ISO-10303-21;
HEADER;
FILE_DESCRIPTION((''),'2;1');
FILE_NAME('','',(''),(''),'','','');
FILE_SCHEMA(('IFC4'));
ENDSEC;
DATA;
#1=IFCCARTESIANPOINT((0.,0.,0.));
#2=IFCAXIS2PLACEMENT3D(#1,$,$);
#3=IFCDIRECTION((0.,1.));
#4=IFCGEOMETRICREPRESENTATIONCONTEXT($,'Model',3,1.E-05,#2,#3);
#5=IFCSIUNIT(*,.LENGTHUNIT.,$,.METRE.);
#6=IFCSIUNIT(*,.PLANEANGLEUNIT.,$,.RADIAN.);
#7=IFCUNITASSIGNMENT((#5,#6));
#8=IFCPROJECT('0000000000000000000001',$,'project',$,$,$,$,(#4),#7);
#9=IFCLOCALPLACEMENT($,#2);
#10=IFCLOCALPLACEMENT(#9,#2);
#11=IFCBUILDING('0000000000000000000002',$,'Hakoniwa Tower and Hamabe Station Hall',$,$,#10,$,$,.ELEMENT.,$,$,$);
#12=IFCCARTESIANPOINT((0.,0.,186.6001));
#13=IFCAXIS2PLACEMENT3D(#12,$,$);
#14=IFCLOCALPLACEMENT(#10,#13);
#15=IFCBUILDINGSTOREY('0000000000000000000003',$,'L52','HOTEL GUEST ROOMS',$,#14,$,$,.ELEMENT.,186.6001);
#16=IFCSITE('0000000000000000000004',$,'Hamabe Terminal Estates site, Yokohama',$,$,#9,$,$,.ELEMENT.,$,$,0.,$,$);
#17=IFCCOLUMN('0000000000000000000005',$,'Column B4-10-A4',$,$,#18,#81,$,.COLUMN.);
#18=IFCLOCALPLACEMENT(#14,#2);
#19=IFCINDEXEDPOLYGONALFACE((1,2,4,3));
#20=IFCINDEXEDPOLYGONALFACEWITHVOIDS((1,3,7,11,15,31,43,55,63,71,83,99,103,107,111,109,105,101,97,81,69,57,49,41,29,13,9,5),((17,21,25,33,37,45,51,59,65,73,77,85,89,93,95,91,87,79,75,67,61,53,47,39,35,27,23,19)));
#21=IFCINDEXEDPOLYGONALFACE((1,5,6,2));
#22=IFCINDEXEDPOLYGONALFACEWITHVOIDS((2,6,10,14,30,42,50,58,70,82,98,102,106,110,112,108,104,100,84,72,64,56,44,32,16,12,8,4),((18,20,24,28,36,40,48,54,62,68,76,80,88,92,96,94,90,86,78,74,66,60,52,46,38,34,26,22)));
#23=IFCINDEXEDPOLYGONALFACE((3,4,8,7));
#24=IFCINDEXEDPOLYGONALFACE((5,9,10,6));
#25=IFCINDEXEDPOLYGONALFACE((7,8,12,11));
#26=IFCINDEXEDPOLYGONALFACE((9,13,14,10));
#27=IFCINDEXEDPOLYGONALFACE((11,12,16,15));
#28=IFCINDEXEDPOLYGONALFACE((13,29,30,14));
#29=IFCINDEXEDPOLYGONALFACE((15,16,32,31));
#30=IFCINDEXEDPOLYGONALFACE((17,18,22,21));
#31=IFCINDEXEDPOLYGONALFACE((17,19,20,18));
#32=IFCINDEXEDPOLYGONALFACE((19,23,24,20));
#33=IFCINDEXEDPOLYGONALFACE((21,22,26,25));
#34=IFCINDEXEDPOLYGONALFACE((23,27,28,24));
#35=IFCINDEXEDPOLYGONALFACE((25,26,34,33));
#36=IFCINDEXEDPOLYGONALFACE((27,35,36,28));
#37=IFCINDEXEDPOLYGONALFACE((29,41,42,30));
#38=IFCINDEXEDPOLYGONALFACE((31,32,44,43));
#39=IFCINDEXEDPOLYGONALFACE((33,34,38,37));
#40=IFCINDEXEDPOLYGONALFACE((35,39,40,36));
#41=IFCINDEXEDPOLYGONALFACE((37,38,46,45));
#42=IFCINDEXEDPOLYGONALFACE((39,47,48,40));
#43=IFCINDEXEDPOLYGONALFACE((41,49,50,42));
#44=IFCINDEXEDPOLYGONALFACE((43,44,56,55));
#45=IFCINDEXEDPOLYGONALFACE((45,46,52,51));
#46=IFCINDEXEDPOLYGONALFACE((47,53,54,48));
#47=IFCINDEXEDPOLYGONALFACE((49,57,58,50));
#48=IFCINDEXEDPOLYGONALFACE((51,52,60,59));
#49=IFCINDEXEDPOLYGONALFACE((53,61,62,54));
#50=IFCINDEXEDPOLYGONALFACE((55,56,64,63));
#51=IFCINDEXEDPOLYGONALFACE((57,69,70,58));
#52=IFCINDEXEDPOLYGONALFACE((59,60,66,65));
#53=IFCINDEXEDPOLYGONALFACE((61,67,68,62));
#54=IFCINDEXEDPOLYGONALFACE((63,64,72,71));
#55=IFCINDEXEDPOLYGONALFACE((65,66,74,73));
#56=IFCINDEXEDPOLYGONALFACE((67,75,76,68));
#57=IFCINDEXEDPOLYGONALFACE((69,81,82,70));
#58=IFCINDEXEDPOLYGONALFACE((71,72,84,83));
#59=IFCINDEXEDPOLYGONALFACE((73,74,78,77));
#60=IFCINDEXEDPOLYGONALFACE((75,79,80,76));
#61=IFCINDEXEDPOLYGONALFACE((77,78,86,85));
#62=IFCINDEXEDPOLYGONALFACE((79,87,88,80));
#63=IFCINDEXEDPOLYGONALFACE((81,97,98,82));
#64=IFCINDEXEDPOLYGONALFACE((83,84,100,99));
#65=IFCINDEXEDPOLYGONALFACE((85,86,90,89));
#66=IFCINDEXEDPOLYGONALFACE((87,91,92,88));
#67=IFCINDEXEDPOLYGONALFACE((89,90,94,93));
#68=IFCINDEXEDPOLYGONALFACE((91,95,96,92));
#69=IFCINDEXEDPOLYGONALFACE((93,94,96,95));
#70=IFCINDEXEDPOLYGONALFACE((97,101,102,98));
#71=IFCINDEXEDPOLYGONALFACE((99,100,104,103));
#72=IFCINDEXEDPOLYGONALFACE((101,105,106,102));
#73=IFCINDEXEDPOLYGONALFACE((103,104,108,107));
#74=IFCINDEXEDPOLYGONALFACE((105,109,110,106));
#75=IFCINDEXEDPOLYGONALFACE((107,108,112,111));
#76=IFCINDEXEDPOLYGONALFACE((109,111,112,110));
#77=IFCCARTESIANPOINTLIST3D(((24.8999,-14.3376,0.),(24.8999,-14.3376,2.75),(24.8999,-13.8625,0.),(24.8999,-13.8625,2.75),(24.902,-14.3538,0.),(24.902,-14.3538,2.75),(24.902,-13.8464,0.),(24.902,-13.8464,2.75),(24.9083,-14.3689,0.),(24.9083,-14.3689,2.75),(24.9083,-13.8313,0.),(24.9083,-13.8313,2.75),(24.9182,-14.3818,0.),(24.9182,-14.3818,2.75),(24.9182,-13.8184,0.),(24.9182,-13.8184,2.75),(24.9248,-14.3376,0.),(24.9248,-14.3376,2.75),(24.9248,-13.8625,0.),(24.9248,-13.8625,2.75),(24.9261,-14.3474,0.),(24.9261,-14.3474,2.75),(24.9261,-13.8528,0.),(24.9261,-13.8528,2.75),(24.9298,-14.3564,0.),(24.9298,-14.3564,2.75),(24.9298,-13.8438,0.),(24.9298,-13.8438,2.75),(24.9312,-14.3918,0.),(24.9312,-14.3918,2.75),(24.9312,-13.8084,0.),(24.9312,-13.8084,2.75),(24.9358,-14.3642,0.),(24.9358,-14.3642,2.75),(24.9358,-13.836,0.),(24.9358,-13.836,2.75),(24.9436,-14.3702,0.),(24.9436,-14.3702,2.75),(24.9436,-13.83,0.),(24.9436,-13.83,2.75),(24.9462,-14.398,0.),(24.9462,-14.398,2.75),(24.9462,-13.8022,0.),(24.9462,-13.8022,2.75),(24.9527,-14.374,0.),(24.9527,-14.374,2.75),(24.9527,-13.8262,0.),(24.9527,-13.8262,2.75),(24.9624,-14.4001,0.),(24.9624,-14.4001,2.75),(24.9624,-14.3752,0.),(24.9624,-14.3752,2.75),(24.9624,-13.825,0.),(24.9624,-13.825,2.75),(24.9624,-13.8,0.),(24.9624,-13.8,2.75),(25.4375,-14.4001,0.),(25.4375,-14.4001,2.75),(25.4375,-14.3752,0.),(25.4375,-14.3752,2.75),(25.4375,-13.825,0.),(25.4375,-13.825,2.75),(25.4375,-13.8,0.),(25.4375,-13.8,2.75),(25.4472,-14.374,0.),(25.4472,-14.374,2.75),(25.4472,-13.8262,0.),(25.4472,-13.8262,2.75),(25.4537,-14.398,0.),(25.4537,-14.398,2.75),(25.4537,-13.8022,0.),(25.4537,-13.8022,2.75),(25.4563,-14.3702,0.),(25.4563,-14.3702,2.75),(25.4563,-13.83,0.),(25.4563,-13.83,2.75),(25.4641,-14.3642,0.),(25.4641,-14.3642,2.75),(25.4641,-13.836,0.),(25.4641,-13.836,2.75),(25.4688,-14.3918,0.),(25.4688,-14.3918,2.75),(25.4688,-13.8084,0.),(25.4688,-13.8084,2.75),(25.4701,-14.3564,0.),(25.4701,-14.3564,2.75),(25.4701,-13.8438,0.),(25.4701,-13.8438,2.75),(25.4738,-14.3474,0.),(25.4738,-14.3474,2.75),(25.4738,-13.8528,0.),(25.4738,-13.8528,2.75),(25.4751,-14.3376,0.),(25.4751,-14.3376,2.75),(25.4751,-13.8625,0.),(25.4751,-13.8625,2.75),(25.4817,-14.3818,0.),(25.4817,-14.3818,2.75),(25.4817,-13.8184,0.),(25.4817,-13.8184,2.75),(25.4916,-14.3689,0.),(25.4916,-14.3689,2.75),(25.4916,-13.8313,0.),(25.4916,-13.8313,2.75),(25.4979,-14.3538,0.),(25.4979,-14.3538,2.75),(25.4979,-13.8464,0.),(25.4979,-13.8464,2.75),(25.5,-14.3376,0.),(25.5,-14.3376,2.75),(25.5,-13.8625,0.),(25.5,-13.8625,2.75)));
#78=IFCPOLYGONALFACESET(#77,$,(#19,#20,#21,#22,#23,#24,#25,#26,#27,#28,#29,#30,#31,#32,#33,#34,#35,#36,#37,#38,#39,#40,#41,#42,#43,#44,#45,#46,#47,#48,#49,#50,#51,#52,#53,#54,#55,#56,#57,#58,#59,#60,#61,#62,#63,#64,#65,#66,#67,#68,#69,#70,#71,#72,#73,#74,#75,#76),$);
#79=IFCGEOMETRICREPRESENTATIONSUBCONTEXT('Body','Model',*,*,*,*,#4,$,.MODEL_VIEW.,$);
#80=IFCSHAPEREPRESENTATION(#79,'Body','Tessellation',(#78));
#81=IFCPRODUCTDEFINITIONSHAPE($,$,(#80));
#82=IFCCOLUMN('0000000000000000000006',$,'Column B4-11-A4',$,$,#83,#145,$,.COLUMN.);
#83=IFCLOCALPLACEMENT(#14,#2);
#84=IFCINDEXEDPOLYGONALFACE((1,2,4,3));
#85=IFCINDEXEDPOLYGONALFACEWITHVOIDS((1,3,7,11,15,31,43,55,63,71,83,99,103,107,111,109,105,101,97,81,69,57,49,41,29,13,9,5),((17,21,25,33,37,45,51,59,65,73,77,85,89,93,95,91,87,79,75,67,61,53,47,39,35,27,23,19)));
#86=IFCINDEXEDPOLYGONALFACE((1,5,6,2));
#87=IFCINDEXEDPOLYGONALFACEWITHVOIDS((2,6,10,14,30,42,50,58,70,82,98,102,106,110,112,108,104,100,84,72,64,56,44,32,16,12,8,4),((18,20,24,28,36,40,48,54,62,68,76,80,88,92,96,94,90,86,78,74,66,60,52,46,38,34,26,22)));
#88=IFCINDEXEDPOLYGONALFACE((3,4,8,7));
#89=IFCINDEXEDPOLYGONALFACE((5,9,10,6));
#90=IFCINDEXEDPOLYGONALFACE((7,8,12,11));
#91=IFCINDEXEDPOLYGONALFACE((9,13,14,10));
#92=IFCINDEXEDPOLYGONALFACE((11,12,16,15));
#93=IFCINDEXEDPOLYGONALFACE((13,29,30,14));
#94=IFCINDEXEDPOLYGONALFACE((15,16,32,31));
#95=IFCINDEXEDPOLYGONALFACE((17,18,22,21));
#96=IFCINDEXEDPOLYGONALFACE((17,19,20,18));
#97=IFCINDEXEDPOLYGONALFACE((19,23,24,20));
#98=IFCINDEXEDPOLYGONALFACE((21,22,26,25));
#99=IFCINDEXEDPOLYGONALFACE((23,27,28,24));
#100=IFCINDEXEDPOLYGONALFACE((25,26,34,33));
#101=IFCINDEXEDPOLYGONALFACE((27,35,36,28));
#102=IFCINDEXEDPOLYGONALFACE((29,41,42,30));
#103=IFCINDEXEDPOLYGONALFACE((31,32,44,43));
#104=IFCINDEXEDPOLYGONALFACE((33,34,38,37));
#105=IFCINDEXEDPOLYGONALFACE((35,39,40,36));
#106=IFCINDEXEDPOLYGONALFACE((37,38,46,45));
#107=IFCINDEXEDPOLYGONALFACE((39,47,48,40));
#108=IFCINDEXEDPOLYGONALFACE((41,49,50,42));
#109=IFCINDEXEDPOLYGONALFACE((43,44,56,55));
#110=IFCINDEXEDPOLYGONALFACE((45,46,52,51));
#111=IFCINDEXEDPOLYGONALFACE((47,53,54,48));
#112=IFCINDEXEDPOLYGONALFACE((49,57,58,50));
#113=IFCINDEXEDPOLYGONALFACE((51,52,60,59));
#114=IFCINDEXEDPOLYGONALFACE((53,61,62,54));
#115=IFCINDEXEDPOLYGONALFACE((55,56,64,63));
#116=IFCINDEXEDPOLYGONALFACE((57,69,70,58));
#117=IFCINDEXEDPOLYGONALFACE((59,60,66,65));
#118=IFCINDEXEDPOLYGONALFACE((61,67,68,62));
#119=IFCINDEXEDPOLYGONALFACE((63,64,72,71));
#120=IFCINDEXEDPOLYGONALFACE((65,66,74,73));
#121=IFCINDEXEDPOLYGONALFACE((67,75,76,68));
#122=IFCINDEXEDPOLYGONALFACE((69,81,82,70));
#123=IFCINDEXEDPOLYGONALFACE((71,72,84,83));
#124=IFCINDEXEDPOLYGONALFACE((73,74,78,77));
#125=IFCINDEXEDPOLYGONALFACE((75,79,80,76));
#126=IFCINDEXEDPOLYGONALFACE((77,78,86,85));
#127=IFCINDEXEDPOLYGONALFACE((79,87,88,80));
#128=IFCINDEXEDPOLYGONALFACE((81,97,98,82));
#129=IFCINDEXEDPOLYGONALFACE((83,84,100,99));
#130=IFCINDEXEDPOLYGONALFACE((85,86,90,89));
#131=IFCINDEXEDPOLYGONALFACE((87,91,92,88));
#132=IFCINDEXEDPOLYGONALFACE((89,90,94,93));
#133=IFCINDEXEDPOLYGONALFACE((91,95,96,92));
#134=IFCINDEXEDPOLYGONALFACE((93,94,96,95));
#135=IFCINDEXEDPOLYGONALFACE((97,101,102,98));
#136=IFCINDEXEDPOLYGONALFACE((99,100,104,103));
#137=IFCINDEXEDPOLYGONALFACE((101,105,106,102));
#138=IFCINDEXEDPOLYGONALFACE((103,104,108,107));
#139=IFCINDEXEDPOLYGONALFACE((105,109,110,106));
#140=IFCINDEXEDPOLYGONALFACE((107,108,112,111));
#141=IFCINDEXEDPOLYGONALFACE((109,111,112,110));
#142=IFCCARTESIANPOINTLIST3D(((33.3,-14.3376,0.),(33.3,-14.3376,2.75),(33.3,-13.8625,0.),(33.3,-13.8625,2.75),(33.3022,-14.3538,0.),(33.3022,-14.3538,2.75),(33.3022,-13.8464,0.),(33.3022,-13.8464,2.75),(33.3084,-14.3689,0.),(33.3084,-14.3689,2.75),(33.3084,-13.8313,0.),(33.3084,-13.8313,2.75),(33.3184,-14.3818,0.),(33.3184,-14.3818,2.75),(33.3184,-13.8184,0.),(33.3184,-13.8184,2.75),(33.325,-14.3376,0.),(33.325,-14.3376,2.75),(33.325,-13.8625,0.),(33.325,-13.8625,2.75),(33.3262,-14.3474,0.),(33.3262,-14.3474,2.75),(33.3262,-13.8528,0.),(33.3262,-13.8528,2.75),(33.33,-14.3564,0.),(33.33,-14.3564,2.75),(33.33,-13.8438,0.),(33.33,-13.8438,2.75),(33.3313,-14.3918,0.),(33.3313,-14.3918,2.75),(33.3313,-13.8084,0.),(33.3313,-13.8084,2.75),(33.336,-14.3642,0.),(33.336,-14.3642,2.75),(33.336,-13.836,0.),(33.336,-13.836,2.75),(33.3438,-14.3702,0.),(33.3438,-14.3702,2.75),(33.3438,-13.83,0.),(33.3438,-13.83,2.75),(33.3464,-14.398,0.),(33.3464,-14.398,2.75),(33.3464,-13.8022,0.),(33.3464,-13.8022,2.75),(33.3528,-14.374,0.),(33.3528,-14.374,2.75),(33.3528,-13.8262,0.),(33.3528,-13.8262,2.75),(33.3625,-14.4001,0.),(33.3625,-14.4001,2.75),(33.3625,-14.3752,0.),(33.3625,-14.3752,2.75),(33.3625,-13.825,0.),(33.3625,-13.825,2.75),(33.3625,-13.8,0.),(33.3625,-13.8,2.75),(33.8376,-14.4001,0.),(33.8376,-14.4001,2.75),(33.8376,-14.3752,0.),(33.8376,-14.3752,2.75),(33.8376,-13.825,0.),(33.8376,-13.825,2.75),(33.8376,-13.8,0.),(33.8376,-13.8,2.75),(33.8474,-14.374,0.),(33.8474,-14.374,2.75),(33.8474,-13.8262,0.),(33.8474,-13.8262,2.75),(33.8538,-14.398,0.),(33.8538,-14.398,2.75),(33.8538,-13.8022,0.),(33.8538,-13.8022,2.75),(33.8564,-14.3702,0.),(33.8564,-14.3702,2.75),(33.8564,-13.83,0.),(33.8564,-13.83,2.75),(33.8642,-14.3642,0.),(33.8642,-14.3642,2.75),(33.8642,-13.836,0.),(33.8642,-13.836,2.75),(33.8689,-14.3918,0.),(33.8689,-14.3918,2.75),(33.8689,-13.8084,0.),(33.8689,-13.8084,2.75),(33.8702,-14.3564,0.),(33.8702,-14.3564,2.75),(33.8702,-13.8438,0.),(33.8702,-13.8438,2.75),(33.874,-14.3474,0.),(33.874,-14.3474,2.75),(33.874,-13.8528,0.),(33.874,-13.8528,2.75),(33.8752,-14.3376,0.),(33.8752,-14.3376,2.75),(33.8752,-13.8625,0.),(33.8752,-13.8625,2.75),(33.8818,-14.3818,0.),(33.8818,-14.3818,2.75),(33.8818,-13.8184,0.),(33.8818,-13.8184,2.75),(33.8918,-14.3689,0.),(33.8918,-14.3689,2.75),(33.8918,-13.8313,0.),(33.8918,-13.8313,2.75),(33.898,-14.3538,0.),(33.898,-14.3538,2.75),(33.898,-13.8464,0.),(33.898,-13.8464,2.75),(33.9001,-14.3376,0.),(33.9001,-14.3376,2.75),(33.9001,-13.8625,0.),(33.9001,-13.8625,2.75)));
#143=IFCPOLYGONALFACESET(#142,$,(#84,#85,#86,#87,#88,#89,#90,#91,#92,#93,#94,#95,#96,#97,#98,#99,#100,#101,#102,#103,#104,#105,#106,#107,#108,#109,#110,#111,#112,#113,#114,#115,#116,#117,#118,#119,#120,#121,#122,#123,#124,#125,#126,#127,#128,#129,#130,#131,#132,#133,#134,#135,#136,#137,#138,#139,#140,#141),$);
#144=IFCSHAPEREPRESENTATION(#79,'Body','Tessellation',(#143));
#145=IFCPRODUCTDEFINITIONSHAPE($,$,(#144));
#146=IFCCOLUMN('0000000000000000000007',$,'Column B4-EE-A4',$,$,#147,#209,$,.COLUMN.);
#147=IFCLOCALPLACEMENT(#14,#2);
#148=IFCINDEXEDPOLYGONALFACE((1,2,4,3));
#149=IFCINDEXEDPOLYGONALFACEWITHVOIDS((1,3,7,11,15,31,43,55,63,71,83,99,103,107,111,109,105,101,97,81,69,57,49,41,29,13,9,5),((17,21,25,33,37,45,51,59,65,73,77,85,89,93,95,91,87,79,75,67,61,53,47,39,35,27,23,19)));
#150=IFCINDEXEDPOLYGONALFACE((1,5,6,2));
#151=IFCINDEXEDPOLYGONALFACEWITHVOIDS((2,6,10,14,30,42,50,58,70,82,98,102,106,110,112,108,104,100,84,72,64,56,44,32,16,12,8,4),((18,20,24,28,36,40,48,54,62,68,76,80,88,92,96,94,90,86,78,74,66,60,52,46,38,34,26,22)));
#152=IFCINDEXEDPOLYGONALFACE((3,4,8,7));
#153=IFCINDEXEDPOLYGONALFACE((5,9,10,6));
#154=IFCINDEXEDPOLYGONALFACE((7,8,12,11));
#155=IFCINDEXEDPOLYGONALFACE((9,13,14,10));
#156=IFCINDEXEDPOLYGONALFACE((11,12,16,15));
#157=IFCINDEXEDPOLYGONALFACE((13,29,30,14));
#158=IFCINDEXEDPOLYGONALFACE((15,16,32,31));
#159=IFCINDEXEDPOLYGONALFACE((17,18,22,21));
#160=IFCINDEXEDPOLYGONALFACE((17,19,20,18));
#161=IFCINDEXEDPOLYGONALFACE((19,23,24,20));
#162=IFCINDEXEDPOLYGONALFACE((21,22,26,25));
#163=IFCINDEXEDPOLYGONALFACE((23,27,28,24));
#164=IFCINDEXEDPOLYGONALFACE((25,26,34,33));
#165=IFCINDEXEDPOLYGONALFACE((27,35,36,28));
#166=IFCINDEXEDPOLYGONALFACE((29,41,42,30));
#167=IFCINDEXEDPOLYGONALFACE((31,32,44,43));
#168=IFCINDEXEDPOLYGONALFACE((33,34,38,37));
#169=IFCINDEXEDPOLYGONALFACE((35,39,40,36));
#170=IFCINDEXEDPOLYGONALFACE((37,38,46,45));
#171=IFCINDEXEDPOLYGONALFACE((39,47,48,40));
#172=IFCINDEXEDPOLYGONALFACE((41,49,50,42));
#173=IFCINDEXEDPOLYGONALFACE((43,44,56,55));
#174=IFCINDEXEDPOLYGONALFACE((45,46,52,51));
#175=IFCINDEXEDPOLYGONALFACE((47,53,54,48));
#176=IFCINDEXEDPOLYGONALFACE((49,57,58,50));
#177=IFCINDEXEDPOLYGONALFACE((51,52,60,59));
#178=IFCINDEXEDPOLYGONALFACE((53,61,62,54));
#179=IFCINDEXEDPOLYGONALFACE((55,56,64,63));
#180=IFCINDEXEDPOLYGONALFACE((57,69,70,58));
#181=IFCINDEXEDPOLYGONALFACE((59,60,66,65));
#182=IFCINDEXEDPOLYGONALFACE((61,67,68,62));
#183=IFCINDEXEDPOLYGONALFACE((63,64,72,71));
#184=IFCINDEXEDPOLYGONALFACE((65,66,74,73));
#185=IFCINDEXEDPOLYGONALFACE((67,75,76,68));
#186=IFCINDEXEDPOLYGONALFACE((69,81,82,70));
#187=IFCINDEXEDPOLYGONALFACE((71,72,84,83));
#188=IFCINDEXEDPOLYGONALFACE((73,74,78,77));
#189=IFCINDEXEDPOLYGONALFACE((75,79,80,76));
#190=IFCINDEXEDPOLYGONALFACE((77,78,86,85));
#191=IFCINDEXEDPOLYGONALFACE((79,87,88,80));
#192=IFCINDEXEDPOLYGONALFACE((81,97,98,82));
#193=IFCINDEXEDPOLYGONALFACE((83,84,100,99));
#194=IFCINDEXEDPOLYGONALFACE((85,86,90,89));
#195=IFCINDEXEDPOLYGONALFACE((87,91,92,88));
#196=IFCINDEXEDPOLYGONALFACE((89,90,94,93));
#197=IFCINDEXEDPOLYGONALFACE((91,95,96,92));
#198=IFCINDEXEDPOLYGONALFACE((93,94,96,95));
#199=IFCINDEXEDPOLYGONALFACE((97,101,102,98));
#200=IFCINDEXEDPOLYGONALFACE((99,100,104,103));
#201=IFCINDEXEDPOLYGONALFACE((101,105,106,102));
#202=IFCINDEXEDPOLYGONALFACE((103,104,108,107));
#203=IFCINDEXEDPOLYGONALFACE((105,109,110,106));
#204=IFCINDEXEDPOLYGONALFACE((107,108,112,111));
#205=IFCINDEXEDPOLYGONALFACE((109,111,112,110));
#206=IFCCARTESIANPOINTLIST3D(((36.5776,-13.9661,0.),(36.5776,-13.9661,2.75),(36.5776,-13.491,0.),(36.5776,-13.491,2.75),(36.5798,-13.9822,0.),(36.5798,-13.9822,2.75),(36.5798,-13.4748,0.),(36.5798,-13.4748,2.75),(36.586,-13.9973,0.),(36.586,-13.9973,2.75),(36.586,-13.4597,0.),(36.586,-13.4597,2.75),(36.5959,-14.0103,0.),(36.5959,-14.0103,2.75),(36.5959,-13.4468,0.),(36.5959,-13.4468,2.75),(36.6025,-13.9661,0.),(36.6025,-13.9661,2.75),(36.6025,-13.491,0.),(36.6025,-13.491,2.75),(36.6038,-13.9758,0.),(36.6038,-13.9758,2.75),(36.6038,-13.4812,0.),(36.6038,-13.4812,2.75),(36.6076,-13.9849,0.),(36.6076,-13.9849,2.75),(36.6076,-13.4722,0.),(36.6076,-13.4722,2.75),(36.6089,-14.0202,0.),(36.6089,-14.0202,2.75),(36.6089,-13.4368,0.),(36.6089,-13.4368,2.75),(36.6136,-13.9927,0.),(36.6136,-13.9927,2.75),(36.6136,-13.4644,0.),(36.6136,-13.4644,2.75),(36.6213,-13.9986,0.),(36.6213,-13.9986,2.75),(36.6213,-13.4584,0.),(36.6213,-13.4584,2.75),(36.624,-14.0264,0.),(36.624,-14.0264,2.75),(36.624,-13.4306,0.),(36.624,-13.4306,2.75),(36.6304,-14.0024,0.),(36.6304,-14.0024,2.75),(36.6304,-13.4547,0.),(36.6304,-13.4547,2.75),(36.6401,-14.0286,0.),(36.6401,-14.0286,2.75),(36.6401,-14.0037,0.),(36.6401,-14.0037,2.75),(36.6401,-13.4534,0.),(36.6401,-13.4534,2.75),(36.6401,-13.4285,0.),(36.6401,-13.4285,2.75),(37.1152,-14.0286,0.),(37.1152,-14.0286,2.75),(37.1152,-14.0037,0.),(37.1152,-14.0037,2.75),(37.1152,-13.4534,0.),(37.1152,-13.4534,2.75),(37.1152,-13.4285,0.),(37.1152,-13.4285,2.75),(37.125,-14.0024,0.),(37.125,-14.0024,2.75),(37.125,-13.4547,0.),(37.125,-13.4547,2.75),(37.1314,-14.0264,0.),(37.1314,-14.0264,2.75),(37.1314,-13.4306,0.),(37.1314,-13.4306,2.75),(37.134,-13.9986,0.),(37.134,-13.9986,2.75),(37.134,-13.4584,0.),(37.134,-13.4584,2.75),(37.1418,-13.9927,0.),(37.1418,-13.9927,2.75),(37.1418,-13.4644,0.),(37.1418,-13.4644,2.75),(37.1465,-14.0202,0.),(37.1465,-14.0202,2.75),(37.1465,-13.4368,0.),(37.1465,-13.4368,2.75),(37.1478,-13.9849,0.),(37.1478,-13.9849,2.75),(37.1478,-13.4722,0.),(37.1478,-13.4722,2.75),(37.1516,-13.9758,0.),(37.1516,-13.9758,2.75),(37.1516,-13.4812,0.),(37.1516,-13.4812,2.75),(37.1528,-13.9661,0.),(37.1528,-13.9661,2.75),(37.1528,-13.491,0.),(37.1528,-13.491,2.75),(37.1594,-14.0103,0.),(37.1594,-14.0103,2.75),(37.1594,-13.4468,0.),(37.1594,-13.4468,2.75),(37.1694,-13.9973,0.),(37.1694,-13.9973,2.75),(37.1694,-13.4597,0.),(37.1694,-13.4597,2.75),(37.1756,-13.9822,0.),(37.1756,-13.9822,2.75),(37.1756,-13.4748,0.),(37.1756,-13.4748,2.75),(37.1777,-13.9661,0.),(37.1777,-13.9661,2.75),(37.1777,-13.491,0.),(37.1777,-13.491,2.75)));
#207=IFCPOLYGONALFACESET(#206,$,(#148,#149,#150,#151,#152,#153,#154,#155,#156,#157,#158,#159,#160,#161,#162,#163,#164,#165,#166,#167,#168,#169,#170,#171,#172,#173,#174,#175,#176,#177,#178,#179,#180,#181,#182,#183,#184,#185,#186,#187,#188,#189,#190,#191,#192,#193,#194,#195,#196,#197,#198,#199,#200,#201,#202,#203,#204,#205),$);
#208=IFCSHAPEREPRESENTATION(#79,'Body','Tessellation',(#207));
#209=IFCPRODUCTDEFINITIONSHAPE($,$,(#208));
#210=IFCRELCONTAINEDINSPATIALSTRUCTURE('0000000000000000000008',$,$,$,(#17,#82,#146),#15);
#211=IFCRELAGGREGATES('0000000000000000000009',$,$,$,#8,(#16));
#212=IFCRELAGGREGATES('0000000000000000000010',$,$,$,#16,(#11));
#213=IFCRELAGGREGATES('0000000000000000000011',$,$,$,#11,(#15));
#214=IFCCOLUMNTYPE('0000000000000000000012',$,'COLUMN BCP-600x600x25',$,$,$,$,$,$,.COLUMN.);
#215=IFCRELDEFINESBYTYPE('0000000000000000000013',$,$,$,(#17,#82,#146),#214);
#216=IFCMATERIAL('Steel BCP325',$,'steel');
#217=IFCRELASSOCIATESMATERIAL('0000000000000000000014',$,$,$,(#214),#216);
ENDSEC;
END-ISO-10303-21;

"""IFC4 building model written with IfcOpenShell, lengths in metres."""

from ifc_helpers import new_model, si_unit, direction, frame, origin, origin_2d, place, context, subcontext, project, spatial, hollow_rectangle, extrude, material, material_profile, profile_set, type_object, element, save


model = new_model("IFC4")

# Units and contexts
model_context = context("Model", 3, precision=1e-05, world=origin(), true_north=direction((0.0, 1.0)))
body_context = subcontext(model_context, "Body", "Model", "MODEL_VIEW")
ifc_project = project(units=[si_unit("LENGTHUNIT", "METRE"), si_unit("PLANEANGLEUNIT", "RADIAN")], contexts=[model_context])

# Site, building, storey
site_placement = place(None, origin())
site = spatial("IfcSite", under=ifc_project, at=site_placement, Name="Hamabe Terminal Estates site, Yokohama", CompositionType="ELEMENT", RefElevation=0.0)
building_placement = place(site_placement, origin())
building = spatial("IfcBuilding", under=site, at=building_placement, Name="Hakoniwa Tower and Hamabe Station Hall", CompositionType="ELEMENT")
storey_placement = place(building_placement, frame((0.0, 0.0, 186.6001)))
storey = spatial("IfcBuildingStorey", under=building, at=storey_placement, Name="L52", Description="HOTEL GUEST ROOMS", CompositionType="ELEMENT", Elevation=186.6001)

# Columns
ifc_material_1 = material(Name="Steel BCP325", Category="steel")
ifc_material_profile_1 = material_profile(ifc_material_1, hollow_rectangle(XDim=0.6001, YDim=0.6001, WallThickness=0.0249, InnerFilletRadius=0.0376, OuterFilletRadius=0.0625, at=origin_2d()), Name="BCP-600x600x25")
ifc_profile_set_1 = profile_set([ifc_material_profile_1], Name="Steel BCP325")
column_type = type_object("IfcColumnType", Name="COLUMN BCP-600x600x25", PredefinedType="COLUMN", material=ifc_profile_set_1)
for number, where, z_axis, x_axis, name in (
    (1, (25.2, -14.1001, 0.0), (0.0, 0.0, 1.0), (1.0, 0.0, 0.0), "Column B4-10-A4"),
    (2, (33.6001, -14.1001, 0.0), (0.0, 0.0, 1.0), (1.0, 0.0, 0.0), "Column B4-11-A4"),
    (3, (36.8777, -13.7285, 0.0), (0.0, 0.0, 1.0), (1.0, 0.0, 0.0), "Column B4-EE-A4"),
):
    element("IfcColumn", number, at=place(storey_placement, frame(where, z_axis=z_axis, x_axis=x_axis)), inside=storey, type_object=column_type, Name=name, PredefinedType="COLUMN", context=body_context, shape_type="SweptSolid", body=[
        extrude(hollow_rectangle(XDim=0.6001, YDim=0.6001, WallThickness=0.0249, InnerFilletRadius=0.0376, OuterFilletRadius=0.0625, at=origin_2d()), origin(), (0.0, 0.0, 1.0), 2.75),
    ])

save(model, "model.ifc")
